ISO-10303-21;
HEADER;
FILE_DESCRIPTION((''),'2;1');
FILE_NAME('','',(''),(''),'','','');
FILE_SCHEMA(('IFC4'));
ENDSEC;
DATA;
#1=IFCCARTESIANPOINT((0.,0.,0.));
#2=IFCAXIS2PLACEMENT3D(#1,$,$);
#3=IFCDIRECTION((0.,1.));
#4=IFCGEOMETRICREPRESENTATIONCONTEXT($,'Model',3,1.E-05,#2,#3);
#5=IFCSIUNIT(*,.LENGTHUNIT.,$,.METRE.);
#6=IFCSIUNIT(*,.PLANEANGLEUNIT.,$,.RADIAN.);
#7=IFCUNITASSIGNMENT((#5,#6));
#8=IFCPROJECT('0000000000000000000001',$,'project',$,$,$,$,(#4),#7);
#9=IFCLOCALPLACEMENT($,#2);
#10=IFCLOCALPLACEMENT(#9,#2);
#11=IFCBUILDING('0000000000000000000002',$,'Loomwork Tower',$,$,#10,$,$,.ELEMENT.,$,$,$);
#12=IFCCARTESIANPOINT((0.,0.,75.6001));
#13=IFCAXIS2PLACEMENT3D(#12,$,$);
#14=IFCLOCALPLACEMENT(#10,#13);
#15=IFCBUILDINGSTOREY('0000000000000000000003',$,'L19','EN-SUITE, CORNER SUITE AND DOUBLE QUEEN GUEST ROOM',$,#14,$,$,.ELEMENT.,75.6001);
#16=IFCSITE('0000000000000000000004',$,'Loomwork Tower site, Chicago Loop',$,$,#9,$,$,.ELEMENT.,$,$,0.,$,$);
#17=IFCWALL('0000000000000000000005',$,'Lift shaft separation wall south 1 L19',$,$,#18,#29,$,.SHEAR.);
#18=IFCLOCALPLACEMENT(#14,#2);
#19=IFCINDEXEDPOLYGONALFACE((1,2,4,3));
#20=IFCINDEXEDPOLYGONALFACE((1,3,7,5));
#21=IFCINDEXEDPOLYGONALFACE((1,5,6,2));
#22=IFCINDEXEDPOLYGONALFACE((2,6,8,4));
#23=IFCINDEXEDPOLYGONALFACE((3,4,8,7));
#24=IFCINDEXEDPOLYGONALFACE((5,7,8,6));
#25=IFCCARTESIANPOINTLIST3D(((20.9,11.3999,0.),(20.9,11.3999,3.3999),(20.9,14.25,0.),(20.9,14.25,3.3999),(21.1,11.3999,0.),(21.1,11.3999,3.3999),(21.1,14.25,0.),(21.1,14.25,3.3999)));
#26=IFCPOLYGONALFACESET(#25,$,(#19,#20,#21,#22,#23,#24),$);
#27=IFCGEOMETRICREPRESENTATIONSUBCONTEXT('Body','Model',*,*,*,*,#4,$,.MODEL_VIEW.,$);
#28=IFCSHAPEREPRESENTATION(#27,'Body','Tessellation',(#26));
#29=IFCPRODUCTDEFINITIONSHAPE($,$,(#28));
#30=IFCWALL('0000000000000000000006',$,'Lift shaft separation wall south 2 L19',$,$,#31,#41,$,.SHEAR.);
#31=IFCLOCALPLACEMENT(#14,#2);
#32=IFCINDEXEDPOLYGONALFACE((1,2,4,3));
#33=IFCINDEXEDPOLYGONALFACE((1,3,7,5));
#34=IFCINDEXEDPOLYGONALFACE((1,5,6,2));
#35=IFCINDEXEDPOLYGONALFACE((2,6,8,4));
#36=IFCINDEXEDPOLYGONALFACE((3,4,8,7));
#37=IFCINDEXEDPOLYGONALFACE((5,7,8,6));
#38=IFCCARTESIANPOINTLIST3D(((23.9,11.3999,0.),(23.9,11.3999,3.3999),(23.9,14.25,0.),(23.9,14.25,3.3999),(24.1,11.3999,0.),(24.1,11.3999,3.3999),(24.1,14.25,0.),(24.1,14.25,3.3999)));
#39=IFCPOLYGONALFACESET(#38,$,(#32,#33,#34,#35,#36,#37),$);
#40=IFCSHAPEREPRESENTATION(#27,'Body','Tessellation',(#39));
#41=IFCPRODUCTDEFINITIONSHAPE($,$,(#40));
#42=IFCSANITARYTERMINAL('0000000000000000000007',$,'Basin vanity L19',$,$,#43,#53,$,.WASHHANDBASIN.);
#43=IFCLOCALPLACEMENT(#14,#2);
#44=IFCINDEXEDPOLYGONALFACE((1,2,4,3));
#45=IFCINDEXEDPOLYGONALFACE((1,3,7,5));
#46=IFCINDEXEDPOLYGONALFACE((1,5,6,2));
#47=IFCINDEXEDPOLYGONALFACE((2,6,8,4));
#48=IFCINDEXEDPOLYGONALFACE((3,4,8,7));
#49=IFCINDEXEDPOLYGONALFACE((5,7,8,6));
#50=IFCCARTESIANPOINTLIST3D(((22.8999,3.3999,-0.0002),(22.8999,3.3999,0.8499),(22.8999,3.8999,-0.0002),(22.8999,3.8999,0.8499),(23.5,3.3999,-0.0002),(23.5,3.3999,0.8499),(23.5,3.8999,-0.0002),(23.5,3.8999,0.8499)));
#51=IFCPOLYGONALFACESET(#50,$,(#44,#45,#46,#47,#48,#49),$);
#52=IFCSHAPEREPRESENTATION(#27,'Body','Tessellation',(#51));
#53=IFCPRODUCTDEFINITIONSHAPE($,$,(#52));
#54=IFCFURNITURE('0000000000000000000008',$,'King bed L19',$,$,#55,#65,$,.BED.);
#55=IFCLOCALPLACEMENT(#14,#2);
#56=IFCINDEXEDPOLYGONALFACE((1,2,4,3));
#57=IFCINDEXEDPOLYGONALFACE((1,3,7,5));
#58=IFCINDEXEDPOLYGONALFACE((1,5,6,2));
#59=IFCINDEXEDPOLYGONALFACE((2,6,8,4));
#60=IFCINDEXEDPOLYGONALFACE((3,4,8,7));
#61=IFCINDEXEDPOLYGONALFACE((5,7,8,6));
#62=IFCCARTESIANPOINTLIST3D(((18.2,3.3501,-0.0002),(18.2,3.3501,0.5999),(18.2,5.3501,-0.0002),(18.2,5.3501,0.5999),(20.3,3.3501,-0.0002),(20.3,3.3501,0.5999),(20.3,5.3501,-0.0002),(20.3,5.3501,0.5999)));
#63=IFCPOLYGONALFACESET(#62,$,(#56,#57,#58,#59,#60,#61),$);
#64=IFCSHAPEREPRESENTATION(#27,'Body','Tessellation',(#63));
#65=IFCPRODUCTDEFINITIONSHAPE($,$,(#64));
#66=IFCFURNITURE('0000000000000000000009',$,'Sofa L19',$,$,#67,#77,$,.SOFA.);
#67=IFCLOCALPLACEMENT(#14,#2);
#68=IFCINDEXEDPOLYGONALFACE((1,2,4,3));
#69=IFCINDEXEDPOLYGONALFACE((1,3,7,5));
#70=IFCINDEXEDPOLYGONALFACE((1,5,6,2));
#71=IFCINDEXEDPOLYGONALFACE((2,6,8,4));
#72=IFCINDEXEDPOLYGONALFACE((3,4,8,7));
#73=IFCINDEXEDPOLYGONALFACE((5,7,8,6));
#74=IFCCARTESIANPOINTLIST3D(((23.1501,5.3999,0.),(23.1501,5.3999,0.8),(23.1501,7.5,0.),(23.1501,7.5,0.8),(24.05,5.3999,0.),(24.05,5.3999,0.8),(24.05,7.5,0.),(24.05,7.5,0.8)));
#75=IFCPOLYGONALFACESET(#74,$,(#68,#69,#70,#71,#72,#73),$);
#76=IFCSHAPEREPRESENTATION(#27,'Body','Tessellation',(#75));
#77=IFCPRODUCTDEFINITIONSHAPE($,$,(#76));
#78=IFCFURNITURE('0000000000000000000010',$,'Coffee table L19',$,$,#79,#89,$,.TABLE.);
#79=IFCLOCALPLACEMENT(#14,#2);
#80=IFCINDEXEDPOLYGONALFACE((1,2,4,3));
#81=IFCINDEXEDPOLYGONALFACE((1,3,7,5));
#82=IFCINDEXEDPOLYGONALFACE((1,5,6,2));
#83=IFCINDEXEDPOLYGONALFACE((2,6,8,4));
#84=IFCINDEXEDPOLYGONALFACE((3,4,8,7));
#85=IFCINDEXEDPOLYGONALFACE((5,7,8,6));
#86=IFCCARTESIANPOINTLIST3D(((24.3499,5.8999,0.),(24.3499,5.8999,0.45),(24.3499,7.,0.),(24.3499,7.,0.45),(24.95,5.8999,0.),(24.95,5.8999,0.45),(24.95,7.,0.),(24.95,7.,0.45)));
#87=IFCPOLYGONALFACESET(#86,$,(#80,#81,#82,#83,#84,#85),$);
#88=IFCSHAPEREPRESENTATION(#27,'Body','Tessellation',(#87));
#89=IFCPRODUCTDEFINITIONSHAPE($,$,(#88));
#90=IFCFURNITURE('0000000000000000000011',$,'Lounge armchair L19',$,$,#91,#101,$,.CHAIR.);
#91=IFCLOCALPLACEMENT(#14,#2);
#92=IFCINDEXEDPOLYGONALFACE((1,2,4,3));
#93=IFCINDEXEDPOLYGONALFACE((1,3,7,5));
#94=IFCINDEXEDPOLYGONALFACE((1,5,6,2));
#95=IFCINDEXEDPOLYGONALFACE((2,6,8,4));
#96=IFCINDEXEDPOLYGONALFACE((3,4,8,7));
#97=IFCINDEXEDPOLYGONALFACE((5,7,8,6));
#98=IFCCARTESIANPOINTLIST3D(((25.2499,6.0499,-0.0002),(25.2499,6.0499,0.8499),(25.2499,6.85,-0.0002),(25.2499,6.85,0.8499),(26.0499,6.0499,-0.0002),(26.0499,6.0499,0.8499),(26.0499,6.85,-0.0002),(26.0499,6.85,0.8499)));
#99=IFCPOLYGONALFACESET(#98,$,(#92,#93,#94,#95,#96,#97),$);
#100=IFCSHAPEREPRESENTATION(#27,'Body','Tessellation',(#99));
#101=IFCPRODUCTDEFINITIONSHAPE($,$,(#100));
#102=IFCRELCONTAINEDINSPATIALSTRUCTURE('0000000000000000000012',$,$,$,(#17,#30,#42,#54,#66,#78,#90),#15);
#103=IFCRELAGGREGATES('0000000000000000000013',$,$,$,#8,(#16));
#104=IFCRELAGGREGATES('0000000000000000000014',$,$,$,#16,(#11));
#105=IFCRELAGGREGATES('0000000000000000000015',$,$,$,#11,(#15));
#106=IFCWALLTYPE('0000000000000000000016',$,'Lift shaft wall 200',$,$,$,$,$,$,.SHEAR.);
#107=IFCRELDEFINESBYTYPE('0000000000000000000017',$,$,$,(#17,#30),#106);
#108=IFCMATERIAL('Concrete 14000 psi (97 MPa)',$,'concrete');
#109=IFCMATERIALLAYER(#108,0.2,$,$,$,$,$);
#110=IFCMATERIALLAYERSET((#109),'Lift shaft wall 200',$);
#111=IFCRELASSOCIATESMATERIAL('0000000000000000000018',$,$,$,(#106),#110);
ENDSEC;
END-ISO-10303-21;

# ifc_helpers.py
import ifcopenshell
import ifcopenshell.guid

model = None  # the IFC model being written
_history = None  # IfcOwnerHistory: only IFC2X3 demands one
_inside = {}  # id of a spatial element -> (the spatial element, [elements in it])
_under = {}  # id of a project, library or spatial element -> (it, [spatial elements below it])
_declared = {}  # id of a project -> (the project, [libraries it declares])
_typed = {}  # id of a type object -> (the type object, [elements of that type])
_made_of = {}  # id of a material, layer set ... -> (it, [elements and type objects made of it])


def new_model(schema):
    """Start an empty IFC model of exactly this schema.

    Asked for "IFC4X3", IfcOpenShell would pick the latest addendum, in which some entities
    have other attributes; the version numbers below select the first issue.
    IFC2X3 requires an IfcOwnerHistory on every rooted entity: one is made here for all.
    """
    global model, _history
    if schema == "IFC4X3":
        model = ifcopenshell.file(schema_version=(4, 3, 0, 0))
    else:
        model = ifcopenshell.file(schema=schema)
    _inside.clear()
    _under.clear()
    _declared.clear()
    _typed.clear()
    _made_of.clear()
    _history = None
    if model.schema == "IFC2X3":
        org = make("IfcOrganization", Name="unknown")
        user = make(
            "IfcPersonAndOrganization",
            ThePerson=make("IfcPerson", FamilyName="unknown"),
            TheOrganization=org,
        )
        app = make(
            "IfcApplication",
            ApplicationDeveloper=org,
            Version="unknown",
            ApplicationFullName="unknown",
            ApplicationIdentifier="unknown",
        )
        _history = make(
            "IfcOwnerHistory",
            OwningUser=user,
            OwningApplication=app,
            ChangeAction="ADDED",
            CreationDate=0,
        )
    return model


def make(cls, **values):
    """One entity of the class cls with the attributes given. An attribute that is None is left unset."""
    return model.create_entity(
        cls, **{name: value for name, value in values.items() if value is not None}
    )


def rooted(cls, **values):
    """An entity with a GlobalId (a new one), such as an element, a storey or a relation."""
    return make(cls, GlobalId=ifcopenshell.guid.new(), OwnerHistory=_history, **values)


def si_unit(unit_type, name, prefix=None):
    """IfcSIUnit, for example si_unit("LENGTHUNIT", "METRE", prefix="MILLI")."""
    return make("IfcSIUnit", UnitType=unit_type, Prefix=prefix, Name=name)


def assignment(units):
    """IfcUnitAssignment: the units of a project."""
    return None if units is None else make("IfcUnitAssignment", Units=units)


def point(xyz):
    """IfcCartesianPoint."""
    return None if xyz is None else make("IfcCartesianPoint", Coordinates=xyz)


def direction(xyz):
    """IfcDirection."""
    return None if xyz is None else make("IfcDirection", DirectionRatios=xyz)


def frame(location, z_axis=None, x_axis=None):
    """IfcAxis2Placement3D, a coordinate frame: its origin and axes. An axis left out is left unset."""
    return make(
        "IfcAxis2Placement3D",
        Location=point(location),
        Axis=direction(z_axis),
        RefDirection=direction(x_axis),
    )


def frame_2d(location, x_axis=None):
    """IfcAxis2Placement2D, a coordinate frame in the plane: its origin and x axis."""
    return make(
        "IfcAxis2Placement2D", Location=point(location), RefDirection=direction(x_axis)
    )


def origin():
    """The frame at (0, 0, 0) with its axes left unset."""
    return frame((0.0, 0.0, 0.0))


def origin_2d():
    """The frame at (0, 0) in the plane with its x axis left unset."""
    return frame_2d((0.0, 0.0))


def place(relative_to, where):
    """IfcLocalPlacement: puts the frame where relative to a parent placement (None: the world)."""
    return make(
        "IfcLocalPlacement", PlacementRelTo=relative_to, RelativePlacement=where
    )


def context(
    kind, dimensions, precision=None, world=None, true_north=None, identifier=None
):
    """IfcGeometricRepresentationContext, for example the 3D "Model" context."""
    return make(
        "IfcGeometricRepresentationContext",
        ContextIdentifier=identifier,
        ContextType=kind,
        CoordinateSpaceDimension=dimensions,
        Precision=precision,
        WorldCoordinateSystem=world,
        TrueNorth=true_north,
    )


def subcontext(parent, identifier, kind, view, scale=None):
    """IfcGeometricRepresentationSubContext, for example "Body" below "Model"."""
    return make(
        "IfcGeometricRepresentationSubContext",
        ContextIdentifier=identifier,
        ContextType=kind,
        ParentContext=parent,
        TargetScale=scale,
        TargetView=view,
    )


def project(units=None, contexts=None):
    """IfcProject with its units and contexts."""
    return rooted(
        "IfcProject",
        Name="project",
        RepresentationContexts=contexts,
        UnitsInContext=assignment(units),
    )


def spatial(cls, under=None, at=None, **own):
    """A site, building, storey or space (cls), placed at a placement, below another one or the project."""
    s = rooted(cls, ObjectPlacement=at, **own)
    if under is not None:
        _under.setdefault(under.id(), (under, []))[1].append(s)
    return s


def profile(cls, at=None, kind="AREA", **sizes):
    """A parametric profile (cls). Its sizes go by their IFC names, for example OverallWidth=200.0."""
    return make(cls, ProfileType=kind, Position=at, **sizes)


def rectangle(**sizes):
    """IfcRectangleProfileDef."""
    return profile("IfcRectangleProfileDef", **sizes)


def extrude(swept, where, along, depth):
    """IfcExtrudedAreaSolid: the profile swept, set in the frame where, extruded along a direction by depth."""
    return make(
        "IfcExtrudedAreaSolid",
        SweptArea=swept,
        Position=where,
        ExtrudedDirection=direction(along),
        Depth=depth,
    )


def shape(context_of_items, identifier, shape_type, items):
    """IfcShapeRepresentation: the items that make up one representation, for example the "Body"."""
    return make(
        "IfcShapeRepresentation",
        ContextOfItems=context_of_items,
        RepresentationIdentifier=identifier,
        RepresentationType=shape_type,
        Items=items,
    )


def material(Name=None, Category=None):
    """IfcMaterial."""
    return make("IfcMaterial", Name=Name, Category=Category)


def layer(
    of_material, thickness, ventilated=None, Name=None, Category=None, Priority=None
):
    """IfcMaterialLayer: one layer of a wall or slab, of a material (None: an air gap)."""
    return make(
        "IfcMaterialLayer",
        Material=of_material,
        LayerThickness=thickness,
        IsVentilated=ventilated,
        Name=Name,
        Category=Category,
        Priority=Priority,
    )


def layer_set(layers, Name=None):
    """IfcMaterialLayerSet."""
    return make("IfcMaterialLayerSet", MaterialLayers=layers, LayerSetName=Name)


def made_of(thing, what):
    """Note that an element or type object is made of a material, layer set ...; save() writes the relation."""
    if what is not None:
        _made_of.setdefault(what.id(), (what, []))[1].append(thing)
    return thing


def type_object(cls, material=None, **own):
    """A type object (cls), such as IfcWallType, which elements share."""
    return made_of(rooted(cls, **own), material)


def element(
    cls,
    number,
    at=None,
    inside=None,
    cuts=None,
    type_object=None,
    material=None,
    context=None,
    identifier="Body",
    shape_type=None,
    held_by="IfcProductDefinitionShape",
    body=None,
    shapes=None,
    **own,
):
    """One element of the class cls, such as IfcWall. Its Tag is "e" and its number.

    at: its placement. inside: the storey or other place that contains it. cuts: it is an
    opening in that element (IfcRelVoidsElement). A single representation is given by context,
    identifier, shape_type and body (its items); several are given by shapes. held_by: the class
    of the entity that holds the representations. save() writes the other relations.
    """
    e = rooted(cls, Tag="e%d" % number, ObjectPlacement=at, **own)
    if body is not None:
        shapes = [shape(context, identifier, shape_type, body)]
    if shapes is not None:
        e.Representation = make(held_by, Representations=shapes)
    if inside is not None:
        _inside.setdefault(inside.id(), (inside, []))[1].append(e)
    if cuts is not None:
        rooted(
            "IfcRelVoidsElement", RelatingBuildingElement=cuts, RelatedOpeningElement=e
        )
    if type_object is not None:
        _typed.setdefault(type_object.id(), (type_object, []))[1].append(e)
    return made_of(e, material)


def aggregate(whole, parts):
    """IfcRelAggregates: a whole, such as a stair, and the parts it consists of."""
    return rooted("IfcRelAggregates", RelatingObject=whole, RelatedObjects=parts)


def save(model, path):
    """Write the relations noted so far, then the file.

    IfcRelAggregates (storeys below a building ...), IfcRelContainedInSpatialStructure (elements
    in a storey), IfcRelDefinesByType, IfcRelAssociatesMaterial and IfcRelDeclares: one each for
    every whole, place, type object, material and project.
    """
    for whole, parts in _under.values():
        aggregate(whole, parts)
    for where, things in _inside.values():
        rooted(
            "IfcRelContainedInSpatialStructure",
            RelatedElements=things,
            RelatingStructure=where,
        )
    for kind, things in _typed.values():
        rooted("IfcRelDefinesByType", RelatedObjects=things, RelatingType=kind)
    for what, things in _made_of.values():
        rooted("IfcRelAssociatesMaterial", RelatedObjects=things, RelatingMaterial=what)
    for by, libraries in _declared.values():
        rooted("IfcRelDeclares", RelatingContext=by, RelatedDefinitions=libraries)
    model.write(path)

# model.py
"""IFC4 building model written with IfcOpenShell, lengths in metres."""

from ifc_helpers import new_model, si_unit, direction, frame, frame_2d, origin, origin_2d, place, context, subcontext, project, spatial, rectangle, extrude, material, layer, layer_set, type_object, element, save


model = new_model("IFC4")

# Units and contexts
model_context = context("Model", 3, precision=1e-05, world=origin(), true_north=direction((0.0, 1.0)))
body_context = subcontext(model_context, "Body", "Model", "MODEL_VIEW")
ifc_project = project(units=[si_unit("LENGTHUNIT", "METRE"), si_unit("PLANEANGLEUNIT", "RADIAN")], contexts=[model_context])

# Site, building, storey
site_placement = place(None, origin())
site = spatial("IfcSite", under=ifc_project, at=site_placement, Name="Loomwork Tower site, Chicago Loop", CompositionType="ELEMENT", RefElevation=0.0)
building_placement = place(site_placement, origin())
building = spatial("IfcBuilding", under=site, at=building_placement, Name="Loomwork Tower", CompositionType="ELEMENT")
storey_placement = place(building_placement, frame((0.0, 0.0, 75.6001)))
storey = spatial("IfcBuildingStorey", under=building, at=storey_placement, Name="L19", Description="EN-SUITE, CORNER SUITE AND DOUBLE QUEEN GUEST ROOM", CompositionType="ELEMENT", Elevation=75.6001)

# Walls
ifc_material_1 = material(Name="Concrete 14000 psi (97 MPa)", Category="concrete")
ifc_layer_1 = layer(ifc_material_1, 0.2)
ifc_layer_set_1 = layer_set([ifc_layer_1], Name="Lift shaft wall 200")
wall_type_1 = type_object("IfcWallType", Name="Lift shaft wall 200", PredefinedType="SHEAR", material=ifc_layer_set_1)
for number, where, z_axis, x_axis, name in (
    (1, (21.0, 11.3999, 0.0), (0.0, 0.0, 1.0), (0.0, 1.0, 0.0), "Lift shaft separation wall south 1 L19"),
    (2, (24.0, 11.3999, 0.0), (0.0, 0.0, 1.0), (0.0, 1.0, 0.0), "Lift shaft separation wall south 2 L19"),
):
    element("IfcWall", number, at=place(storey_placement, frame(where, z_axis=z_axis, x_axis=x_axis)), inside=storey, type_object=wall_type_1, Name=name, PredefinedType="SHEAR", context=body_context, shape_type="SweptSolid", body=[
        extrude(rectangle(XDim=2.8501, YDim=0.2, at=frame_2d((1.425, 0.0))), origin(), (0.0, 0.0, 1.0), 3.3999),
    ])

# Sanitary terminal
sanitary_terminal_placement = place(storey_placement, frame((23.2, 3.6499, -0.0002), z_axis=(0.0, 0.0, 1.0), x_axis=(1.0, 0.0, 0.0)))
element("IfcSanitaryTerminal", 3, at=sanitary_terminal_placement, inside=storey, Name="Basin vanity L19", PredefinedType="WASHHANDBASIN", context=body_context, shape_type="SweptSolid", body=[
    extrude(rectangle(XDim=0.6001, YDim=0.5, at=origin_2d()), origin(), (0.0, 0.0, 1.0), 0.8501),
])

# Furniture
furniture_1_placement = place(storey_placement, frame((19.25, 4.3501, -0.0002), z_axis=(0.0, 0.0, 1.0), x_axis=(1.0, 0.0, 0.0)))
element("IfcFurniture", 4, at=furniture_1_placement, inside=storey, Name="King bed L19", PredefinedType="BED", context=body_context, shape_type="SweptSolid", body=[
    extrude(rectangle(XDim=2.1001, YDim=2.0, at=origin_2d()), origin(), (0.0, 0.0, 1.0), 0.6001),
])
furniture_2_placement = place(storey_placement, frame((23.6001, 6.45, 0.0), z_axis=(0.0, 0.0, 1.0), x_axis=(1.0, 0.0, 0.0)))
element("IfcFurniture", 5, at=furniture_2_placement, inside=storey, Name="Sofa L19", PredefinedType="SOFA", context=body_context, shape_type="SweptSolid", body=[
    extrude(rectangle(XDim=0.8999, YDim=2.1001, at=origin_2d()), origin(), (0.0, 0.0, 1.0), 0.8),
])
furniture_3_placement = place(storey_placement, frame((24.6499, 6.45, 0.0), z_axis=(0.0, 0.0, 1.0), x_axis=(1.0, 0.0, 0.0)))
element("IfcFurniture", 6, at=furniture_3_placement, inside=storey, Name="Coffee table L19", PredefinedType="TABLE", context=body_context, shape_type="SweptSolid", body=[
    extrude(rectangle(XDim=0.6001, YDim=1.1001, at=origin_2d()), origin(), (0.0, 0.0, 1.0), 0.45),
])
furniture_4_placement = place(storey_placement, frame((25.6499, 6.45, -0.0002), z_axis=(0.0, 0.0, 1.0), x_axis=(1.0, 0.0, 0.0)))
element("IfcFurniture", 7, at=furniture_4_placement, inside=storey, Name="Lounge armchair L19", PredefinedType="CHAIR", context=body_context, shape_type="SweptSolid", body=[
    extrude(rectangle(XDim=0.8, YDim=0.8, at=origin_2d()), origin(), (0.0, 0.0, 1.0), 0.8501),
])

save(model, "model.ifc")
